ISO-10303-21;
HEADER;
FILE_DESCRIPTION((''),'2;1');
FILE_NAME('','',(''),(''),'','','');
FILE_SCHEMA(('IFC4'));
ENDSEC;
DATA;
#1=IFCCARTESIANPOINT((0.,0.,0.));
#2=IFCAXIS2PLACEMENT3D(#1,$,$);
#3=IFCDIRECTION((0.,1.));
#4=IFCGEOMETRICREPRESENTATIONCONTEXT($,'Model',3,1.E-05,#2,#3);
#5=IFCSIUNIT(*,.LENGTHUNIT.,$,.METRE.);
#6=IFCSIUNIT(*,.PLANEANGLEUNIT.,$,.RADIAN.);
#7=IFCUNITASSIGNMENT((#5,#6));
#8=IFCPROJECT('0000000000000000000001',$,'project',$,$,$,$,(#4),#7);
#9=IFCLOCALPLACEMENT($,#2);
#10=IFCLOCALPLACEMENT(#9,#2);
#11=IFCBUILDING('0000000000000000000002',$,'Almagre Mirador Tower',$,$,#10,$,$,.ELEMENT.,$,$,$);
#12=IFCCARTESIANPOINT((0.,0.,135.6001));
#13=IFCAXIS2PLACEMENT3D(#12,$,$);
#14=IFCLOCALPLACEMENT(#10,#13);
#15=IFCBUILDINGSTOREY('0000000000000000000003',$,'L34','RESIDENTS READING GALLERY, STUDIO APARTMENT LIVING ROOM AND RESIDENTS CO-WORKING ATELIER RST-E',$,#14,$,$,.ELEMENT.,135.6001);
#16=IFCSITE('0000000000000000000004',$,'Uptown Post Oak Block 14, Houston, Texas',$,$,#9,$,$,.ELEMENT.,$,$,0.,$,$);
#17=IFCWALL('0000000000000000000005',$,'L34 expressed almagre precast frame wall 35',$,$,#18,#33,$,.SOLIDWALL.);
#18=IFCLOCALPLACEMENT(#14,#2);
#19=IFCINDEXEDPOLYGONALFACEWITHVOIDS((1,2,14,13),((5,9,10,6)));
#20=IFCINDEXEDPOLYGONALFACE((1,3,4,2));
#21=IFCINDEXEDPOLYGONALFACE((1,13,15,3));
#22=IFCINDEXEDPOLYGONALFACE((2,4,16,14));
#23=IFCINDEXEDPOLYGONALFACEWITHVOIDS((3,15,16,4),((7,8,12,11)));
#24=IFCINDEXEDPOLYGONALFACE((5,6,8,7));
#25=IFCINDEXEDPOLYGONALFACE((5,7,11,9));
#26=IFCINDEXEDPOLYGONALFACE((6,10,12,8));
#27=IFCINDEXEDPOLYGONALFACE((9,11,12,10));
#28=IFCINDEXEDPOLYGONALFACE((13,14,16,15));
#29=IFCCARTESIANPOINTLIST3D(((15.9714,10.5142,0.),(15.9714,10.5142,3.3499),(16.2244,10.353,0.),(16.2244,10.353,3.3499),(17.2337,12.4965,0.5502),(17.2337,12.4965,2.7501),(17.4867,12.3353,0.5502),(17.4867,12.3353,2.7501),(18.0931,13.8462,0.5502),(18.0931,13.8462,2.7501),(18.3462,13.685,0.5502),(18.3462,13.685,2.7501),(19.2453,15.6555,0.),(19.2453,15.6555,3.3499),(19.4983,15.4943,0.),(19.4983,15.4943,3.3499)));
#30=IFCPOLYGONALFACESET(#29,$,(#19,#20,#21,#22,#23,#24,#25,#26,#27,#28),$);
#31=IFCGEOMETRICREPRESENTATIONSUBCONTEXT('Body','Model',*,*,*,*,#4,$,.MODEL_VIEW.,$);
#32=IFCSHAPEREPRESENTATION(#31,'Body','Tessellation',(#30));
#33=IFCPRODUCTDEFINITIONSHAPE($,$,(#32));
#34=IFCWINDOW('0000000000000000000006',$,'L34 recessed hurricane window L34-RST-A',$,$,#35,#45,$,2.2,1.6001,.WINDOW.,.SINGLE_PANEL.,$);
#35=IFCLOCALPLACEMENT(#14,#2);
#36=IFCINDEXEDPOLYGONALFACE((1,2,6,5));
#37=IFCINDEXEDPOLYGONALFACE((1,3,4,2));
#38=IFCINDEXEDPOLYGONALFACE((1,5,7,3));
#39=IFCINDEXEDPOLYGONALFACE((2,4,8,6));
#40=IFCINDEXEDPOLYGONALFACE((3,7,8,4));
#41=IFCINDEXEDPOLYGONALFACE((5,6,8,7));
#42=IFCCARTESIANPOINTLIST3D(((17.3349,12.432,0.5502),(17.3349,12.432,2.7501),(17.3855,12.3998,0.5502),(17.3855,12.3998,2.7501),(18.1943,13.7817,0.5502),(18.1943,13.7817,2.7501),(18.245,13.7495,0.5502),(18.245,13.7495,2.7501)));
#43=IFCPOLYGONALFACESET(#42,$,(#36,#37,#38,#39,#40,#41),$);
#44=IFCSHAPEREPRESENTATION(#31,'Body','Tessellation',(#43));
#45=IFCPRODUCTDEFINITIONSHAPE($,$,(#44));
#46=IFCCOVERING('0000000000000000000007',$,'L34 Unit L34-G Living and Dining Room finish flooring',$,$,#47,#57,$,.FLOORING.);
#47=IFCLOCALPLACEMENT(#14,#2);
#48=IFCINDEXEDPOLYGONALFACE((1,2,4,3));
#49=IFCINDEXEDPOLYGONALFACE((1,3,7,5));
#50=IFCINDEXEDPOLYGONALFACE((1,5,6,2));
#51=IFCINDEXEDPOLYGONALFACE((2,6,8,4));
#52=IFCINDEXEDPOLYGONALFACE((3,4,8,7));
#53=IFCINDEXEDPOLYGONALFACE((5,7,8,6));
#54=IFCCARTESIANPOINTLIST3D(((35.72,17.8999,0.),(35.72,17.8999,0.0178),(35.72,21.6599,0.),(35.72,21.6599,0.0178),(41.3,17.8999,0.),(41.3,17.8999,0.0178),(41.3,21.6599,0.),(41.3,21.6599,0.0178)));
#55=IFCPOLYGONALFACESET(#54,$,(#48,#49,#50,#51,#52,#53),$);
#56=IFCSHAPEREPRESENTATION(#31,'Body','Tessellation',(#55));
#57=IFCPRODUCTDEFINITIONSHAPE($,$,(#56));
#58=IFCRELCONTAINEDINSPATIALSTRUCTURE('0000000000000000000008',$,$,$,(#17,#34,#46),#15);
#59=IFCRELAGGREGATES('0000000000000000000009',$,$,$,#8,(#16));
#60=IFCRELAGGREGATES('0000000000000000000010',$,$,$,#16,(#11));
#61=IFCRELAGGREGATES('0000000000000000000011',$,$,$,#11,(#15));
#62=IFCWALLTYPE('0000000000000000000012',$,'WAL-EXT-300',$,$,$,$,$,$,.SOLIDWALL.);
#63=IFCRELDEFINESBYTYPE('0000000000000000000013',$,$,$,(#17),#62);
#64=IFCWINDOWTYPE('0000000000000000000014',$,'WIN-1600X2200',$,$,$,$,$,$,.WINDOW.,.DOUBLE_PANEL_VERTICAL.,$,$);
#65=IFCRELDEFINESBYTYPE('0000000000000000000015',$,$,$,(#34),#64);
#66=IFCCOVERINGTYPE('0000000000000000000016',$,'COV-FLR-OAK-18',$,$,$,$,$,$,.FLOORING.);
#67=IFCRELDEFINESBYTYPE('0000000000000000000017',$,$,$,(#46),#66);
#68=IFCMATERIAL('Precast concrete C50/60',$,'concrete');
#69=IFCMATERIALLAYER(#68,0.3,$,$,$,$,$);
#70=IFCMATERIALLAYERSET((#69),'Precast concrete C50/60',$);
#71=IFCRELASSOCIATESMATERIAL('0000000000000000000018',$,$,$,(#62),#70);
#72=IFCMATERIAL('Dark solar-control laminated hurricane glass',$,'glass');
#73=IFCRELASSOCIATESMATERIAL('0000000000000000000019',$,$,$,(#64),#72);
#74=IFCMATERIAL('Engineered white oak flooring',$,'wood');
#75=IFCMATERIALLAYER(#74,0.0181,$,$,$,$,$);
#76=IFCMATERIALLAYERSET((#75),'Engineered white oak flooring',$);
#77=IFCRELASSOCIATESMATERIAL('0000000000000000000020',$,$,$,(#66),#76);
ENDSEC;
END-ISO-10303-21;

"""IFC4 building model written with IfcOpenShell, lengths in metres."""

from ifc_helpers import new_model, si_unit, direction, frame, frame_2d, origin, place, context, subcontext, project, spatial, polyline, rectangle, outline, extrude, material, layer, layer_set, type_object, element, fill, save


model = new_model("IFC4")

# Units and contexts
model_context = context("Model", 3, precision=1e-05, world=origin(), true_north=direction((0.0, 1.0)))
body_context = subcontext(model_context, "Body", "Model", "MODEL_VIEW")
ifc_project = project(units=[si_unit("LENGTHUNIT", "METRE"), si_unit("PLANEANGLEUNIT", "RADIAN")], contexts=[model_context])

# Site, building, storey
site_placement = place(None, origin())
site = spatial("IfcSite", under=ifc_project, at=site_placement, Name="Uptown Post Oak Block 14, Houston, Texas", CompositionType="ELEMENT", RefElevation=0.0)
building_placement = place(site_placement, origin())
building = spatial("IfcBuilding", under=site, at=building_placement, Name="Almagre Mirador Tower", CompositionType="ELEMENT")
storey_placement = place(building_placement, frame((0.0, 0.0, 135.6001)))
storey = spatial("IfcBuildingStorey", under=building, at=storey_placement, Name="L34", Description="RESIDENTS READING GALLERY, STUDIO APARTMENT LIVING ROOM AND RESIDENTS CO-WORKING ATELIER RST-E", CompositionType="ELEMENT", Elevation=135.6001)

# Shared definitions
ifc_material_1 = material(Name="Precast concrete C50/60", Category="concrete")
ifc_layer_1 = layer(ifc_material_1, 0.3)
ifc_layer_set_1 = layer_set([ifc_layer_1], Name="Precast concrete C50/60")
wall_type = type_object("IfcWallType", Name="WAL-EXT-300", PredefinedType="SOLIDWALL", material=ifc_layer_set_1)

# Wall, opening, window
wall_1_placement = place(storey_placement, frame((16.0979, 10.4336, 0.0), z_axis=(0.0, 0.0, 1.0), x_axis=(0.537127, 0.843501, 0.0)))
wall_1 = element("IfcWall", 1, at=wall_1_placement, inside=storey, type_object=wall_type, Name="L34 expressed almagre precast frame wall 35", PredefinedType="SOLIDWALL", context=body_context, shape_type="SweptSolid", body=[
    extrude(rectangle(XDim=6.0952, YDim=0.3, at=frame_2d((3.0476, 0.0))), origin(), (0.0, 0.0, 1.0), 3.3499),
])
opening_1_placement = place(wall_1_placement, frame((2.3501, 0.0, 0.55)))
opening_1 = element("IfcOpeningElement", 2, at=opening_1_placement, cuts=wall_1, PredefinedType="OPENING", context=body_context, shape_type="SweptSolid", body=[
    extrude(rectangle(XDim=1.6001, YDim=2.2, at=frame_2d((0.8, 1.1001))), frame((0.0, 0.1599, 0.0), z_axis=(0.0, -1.0, 0.0), x_axis=(1.0, 0.0, 0.0)), (0.0, 0.0, 1.0), 0.32),
])
ifc_material_2 = material(Name="Dark solar-control laminated hurricane glass", Category="glass")
window_type_1 = type_object("IfcWindowType", Name="WIN-1600X2200", PartitioningType="DOUBLE_PANEL_VERTICAL", PredefinedType="WINDOW", material=ifc_material_2)
window_1_placement = place(opening_1_placement, origin())
window_1 = element("IfcWindow", 3, at=window_1_placement, inside=storey, type_object=window_type_1, Name="L34 recessed hurricane window L34-RST-A", OverallHeight=2.2, OverallWidth=1.6001, PartitioningType="SINGLE_PANEL", PredefinedType="WINDOW", context=body_context, shape_type="SweptSolid", body=[
    extrude(rectangle(XDim=1.6001, YDim=2.2, at=frame_2d((0.8, 1.1001))), frame((0.0, 0.03, 0.0), z_axis=(0.0, -1.0, 0.0), x_axis=(1.0, 0.0, 0.0)), (0.0, 0.0, 1.0), 0.0601),
])
fill(opening_1, window_1)

# Covering
ifc_material_3 = material(Name="Engineered white oak flooring", Category="wood")
ifc_layer_2 = layer(ifc_material_3, 0.0181)
ifc_layer_set_2 = layer_set([ifc_layer_2], Name="Engineered white oak flooring")
covering_type = type_object("IfcCoveringType", Name="COV-FLR-OAK-18", PredefinedType="FLOORING", material=ifc_layer_set_2)
covering_1_placement = place(storey_placement, origin())
element("IfcCovering", 4, at=covering_1_placement, inside=storey, type_object=covering_type, Name="L34 Unit L34-G Living and Dining Room finish flooring", PredefinedType="FLOORING", context=body_context, shape_type="SweptSolid", body=[
    extrude(outline(polyline([(41.3, 21.6599), (41.3, 17.8999), (35.72, 17.8999), (35.72, 21.6599), (41.3, 21.6599)])), origin(), (0.0, 0.0, 1.0), 0.0178),
])

save(model, "model.ifc")
